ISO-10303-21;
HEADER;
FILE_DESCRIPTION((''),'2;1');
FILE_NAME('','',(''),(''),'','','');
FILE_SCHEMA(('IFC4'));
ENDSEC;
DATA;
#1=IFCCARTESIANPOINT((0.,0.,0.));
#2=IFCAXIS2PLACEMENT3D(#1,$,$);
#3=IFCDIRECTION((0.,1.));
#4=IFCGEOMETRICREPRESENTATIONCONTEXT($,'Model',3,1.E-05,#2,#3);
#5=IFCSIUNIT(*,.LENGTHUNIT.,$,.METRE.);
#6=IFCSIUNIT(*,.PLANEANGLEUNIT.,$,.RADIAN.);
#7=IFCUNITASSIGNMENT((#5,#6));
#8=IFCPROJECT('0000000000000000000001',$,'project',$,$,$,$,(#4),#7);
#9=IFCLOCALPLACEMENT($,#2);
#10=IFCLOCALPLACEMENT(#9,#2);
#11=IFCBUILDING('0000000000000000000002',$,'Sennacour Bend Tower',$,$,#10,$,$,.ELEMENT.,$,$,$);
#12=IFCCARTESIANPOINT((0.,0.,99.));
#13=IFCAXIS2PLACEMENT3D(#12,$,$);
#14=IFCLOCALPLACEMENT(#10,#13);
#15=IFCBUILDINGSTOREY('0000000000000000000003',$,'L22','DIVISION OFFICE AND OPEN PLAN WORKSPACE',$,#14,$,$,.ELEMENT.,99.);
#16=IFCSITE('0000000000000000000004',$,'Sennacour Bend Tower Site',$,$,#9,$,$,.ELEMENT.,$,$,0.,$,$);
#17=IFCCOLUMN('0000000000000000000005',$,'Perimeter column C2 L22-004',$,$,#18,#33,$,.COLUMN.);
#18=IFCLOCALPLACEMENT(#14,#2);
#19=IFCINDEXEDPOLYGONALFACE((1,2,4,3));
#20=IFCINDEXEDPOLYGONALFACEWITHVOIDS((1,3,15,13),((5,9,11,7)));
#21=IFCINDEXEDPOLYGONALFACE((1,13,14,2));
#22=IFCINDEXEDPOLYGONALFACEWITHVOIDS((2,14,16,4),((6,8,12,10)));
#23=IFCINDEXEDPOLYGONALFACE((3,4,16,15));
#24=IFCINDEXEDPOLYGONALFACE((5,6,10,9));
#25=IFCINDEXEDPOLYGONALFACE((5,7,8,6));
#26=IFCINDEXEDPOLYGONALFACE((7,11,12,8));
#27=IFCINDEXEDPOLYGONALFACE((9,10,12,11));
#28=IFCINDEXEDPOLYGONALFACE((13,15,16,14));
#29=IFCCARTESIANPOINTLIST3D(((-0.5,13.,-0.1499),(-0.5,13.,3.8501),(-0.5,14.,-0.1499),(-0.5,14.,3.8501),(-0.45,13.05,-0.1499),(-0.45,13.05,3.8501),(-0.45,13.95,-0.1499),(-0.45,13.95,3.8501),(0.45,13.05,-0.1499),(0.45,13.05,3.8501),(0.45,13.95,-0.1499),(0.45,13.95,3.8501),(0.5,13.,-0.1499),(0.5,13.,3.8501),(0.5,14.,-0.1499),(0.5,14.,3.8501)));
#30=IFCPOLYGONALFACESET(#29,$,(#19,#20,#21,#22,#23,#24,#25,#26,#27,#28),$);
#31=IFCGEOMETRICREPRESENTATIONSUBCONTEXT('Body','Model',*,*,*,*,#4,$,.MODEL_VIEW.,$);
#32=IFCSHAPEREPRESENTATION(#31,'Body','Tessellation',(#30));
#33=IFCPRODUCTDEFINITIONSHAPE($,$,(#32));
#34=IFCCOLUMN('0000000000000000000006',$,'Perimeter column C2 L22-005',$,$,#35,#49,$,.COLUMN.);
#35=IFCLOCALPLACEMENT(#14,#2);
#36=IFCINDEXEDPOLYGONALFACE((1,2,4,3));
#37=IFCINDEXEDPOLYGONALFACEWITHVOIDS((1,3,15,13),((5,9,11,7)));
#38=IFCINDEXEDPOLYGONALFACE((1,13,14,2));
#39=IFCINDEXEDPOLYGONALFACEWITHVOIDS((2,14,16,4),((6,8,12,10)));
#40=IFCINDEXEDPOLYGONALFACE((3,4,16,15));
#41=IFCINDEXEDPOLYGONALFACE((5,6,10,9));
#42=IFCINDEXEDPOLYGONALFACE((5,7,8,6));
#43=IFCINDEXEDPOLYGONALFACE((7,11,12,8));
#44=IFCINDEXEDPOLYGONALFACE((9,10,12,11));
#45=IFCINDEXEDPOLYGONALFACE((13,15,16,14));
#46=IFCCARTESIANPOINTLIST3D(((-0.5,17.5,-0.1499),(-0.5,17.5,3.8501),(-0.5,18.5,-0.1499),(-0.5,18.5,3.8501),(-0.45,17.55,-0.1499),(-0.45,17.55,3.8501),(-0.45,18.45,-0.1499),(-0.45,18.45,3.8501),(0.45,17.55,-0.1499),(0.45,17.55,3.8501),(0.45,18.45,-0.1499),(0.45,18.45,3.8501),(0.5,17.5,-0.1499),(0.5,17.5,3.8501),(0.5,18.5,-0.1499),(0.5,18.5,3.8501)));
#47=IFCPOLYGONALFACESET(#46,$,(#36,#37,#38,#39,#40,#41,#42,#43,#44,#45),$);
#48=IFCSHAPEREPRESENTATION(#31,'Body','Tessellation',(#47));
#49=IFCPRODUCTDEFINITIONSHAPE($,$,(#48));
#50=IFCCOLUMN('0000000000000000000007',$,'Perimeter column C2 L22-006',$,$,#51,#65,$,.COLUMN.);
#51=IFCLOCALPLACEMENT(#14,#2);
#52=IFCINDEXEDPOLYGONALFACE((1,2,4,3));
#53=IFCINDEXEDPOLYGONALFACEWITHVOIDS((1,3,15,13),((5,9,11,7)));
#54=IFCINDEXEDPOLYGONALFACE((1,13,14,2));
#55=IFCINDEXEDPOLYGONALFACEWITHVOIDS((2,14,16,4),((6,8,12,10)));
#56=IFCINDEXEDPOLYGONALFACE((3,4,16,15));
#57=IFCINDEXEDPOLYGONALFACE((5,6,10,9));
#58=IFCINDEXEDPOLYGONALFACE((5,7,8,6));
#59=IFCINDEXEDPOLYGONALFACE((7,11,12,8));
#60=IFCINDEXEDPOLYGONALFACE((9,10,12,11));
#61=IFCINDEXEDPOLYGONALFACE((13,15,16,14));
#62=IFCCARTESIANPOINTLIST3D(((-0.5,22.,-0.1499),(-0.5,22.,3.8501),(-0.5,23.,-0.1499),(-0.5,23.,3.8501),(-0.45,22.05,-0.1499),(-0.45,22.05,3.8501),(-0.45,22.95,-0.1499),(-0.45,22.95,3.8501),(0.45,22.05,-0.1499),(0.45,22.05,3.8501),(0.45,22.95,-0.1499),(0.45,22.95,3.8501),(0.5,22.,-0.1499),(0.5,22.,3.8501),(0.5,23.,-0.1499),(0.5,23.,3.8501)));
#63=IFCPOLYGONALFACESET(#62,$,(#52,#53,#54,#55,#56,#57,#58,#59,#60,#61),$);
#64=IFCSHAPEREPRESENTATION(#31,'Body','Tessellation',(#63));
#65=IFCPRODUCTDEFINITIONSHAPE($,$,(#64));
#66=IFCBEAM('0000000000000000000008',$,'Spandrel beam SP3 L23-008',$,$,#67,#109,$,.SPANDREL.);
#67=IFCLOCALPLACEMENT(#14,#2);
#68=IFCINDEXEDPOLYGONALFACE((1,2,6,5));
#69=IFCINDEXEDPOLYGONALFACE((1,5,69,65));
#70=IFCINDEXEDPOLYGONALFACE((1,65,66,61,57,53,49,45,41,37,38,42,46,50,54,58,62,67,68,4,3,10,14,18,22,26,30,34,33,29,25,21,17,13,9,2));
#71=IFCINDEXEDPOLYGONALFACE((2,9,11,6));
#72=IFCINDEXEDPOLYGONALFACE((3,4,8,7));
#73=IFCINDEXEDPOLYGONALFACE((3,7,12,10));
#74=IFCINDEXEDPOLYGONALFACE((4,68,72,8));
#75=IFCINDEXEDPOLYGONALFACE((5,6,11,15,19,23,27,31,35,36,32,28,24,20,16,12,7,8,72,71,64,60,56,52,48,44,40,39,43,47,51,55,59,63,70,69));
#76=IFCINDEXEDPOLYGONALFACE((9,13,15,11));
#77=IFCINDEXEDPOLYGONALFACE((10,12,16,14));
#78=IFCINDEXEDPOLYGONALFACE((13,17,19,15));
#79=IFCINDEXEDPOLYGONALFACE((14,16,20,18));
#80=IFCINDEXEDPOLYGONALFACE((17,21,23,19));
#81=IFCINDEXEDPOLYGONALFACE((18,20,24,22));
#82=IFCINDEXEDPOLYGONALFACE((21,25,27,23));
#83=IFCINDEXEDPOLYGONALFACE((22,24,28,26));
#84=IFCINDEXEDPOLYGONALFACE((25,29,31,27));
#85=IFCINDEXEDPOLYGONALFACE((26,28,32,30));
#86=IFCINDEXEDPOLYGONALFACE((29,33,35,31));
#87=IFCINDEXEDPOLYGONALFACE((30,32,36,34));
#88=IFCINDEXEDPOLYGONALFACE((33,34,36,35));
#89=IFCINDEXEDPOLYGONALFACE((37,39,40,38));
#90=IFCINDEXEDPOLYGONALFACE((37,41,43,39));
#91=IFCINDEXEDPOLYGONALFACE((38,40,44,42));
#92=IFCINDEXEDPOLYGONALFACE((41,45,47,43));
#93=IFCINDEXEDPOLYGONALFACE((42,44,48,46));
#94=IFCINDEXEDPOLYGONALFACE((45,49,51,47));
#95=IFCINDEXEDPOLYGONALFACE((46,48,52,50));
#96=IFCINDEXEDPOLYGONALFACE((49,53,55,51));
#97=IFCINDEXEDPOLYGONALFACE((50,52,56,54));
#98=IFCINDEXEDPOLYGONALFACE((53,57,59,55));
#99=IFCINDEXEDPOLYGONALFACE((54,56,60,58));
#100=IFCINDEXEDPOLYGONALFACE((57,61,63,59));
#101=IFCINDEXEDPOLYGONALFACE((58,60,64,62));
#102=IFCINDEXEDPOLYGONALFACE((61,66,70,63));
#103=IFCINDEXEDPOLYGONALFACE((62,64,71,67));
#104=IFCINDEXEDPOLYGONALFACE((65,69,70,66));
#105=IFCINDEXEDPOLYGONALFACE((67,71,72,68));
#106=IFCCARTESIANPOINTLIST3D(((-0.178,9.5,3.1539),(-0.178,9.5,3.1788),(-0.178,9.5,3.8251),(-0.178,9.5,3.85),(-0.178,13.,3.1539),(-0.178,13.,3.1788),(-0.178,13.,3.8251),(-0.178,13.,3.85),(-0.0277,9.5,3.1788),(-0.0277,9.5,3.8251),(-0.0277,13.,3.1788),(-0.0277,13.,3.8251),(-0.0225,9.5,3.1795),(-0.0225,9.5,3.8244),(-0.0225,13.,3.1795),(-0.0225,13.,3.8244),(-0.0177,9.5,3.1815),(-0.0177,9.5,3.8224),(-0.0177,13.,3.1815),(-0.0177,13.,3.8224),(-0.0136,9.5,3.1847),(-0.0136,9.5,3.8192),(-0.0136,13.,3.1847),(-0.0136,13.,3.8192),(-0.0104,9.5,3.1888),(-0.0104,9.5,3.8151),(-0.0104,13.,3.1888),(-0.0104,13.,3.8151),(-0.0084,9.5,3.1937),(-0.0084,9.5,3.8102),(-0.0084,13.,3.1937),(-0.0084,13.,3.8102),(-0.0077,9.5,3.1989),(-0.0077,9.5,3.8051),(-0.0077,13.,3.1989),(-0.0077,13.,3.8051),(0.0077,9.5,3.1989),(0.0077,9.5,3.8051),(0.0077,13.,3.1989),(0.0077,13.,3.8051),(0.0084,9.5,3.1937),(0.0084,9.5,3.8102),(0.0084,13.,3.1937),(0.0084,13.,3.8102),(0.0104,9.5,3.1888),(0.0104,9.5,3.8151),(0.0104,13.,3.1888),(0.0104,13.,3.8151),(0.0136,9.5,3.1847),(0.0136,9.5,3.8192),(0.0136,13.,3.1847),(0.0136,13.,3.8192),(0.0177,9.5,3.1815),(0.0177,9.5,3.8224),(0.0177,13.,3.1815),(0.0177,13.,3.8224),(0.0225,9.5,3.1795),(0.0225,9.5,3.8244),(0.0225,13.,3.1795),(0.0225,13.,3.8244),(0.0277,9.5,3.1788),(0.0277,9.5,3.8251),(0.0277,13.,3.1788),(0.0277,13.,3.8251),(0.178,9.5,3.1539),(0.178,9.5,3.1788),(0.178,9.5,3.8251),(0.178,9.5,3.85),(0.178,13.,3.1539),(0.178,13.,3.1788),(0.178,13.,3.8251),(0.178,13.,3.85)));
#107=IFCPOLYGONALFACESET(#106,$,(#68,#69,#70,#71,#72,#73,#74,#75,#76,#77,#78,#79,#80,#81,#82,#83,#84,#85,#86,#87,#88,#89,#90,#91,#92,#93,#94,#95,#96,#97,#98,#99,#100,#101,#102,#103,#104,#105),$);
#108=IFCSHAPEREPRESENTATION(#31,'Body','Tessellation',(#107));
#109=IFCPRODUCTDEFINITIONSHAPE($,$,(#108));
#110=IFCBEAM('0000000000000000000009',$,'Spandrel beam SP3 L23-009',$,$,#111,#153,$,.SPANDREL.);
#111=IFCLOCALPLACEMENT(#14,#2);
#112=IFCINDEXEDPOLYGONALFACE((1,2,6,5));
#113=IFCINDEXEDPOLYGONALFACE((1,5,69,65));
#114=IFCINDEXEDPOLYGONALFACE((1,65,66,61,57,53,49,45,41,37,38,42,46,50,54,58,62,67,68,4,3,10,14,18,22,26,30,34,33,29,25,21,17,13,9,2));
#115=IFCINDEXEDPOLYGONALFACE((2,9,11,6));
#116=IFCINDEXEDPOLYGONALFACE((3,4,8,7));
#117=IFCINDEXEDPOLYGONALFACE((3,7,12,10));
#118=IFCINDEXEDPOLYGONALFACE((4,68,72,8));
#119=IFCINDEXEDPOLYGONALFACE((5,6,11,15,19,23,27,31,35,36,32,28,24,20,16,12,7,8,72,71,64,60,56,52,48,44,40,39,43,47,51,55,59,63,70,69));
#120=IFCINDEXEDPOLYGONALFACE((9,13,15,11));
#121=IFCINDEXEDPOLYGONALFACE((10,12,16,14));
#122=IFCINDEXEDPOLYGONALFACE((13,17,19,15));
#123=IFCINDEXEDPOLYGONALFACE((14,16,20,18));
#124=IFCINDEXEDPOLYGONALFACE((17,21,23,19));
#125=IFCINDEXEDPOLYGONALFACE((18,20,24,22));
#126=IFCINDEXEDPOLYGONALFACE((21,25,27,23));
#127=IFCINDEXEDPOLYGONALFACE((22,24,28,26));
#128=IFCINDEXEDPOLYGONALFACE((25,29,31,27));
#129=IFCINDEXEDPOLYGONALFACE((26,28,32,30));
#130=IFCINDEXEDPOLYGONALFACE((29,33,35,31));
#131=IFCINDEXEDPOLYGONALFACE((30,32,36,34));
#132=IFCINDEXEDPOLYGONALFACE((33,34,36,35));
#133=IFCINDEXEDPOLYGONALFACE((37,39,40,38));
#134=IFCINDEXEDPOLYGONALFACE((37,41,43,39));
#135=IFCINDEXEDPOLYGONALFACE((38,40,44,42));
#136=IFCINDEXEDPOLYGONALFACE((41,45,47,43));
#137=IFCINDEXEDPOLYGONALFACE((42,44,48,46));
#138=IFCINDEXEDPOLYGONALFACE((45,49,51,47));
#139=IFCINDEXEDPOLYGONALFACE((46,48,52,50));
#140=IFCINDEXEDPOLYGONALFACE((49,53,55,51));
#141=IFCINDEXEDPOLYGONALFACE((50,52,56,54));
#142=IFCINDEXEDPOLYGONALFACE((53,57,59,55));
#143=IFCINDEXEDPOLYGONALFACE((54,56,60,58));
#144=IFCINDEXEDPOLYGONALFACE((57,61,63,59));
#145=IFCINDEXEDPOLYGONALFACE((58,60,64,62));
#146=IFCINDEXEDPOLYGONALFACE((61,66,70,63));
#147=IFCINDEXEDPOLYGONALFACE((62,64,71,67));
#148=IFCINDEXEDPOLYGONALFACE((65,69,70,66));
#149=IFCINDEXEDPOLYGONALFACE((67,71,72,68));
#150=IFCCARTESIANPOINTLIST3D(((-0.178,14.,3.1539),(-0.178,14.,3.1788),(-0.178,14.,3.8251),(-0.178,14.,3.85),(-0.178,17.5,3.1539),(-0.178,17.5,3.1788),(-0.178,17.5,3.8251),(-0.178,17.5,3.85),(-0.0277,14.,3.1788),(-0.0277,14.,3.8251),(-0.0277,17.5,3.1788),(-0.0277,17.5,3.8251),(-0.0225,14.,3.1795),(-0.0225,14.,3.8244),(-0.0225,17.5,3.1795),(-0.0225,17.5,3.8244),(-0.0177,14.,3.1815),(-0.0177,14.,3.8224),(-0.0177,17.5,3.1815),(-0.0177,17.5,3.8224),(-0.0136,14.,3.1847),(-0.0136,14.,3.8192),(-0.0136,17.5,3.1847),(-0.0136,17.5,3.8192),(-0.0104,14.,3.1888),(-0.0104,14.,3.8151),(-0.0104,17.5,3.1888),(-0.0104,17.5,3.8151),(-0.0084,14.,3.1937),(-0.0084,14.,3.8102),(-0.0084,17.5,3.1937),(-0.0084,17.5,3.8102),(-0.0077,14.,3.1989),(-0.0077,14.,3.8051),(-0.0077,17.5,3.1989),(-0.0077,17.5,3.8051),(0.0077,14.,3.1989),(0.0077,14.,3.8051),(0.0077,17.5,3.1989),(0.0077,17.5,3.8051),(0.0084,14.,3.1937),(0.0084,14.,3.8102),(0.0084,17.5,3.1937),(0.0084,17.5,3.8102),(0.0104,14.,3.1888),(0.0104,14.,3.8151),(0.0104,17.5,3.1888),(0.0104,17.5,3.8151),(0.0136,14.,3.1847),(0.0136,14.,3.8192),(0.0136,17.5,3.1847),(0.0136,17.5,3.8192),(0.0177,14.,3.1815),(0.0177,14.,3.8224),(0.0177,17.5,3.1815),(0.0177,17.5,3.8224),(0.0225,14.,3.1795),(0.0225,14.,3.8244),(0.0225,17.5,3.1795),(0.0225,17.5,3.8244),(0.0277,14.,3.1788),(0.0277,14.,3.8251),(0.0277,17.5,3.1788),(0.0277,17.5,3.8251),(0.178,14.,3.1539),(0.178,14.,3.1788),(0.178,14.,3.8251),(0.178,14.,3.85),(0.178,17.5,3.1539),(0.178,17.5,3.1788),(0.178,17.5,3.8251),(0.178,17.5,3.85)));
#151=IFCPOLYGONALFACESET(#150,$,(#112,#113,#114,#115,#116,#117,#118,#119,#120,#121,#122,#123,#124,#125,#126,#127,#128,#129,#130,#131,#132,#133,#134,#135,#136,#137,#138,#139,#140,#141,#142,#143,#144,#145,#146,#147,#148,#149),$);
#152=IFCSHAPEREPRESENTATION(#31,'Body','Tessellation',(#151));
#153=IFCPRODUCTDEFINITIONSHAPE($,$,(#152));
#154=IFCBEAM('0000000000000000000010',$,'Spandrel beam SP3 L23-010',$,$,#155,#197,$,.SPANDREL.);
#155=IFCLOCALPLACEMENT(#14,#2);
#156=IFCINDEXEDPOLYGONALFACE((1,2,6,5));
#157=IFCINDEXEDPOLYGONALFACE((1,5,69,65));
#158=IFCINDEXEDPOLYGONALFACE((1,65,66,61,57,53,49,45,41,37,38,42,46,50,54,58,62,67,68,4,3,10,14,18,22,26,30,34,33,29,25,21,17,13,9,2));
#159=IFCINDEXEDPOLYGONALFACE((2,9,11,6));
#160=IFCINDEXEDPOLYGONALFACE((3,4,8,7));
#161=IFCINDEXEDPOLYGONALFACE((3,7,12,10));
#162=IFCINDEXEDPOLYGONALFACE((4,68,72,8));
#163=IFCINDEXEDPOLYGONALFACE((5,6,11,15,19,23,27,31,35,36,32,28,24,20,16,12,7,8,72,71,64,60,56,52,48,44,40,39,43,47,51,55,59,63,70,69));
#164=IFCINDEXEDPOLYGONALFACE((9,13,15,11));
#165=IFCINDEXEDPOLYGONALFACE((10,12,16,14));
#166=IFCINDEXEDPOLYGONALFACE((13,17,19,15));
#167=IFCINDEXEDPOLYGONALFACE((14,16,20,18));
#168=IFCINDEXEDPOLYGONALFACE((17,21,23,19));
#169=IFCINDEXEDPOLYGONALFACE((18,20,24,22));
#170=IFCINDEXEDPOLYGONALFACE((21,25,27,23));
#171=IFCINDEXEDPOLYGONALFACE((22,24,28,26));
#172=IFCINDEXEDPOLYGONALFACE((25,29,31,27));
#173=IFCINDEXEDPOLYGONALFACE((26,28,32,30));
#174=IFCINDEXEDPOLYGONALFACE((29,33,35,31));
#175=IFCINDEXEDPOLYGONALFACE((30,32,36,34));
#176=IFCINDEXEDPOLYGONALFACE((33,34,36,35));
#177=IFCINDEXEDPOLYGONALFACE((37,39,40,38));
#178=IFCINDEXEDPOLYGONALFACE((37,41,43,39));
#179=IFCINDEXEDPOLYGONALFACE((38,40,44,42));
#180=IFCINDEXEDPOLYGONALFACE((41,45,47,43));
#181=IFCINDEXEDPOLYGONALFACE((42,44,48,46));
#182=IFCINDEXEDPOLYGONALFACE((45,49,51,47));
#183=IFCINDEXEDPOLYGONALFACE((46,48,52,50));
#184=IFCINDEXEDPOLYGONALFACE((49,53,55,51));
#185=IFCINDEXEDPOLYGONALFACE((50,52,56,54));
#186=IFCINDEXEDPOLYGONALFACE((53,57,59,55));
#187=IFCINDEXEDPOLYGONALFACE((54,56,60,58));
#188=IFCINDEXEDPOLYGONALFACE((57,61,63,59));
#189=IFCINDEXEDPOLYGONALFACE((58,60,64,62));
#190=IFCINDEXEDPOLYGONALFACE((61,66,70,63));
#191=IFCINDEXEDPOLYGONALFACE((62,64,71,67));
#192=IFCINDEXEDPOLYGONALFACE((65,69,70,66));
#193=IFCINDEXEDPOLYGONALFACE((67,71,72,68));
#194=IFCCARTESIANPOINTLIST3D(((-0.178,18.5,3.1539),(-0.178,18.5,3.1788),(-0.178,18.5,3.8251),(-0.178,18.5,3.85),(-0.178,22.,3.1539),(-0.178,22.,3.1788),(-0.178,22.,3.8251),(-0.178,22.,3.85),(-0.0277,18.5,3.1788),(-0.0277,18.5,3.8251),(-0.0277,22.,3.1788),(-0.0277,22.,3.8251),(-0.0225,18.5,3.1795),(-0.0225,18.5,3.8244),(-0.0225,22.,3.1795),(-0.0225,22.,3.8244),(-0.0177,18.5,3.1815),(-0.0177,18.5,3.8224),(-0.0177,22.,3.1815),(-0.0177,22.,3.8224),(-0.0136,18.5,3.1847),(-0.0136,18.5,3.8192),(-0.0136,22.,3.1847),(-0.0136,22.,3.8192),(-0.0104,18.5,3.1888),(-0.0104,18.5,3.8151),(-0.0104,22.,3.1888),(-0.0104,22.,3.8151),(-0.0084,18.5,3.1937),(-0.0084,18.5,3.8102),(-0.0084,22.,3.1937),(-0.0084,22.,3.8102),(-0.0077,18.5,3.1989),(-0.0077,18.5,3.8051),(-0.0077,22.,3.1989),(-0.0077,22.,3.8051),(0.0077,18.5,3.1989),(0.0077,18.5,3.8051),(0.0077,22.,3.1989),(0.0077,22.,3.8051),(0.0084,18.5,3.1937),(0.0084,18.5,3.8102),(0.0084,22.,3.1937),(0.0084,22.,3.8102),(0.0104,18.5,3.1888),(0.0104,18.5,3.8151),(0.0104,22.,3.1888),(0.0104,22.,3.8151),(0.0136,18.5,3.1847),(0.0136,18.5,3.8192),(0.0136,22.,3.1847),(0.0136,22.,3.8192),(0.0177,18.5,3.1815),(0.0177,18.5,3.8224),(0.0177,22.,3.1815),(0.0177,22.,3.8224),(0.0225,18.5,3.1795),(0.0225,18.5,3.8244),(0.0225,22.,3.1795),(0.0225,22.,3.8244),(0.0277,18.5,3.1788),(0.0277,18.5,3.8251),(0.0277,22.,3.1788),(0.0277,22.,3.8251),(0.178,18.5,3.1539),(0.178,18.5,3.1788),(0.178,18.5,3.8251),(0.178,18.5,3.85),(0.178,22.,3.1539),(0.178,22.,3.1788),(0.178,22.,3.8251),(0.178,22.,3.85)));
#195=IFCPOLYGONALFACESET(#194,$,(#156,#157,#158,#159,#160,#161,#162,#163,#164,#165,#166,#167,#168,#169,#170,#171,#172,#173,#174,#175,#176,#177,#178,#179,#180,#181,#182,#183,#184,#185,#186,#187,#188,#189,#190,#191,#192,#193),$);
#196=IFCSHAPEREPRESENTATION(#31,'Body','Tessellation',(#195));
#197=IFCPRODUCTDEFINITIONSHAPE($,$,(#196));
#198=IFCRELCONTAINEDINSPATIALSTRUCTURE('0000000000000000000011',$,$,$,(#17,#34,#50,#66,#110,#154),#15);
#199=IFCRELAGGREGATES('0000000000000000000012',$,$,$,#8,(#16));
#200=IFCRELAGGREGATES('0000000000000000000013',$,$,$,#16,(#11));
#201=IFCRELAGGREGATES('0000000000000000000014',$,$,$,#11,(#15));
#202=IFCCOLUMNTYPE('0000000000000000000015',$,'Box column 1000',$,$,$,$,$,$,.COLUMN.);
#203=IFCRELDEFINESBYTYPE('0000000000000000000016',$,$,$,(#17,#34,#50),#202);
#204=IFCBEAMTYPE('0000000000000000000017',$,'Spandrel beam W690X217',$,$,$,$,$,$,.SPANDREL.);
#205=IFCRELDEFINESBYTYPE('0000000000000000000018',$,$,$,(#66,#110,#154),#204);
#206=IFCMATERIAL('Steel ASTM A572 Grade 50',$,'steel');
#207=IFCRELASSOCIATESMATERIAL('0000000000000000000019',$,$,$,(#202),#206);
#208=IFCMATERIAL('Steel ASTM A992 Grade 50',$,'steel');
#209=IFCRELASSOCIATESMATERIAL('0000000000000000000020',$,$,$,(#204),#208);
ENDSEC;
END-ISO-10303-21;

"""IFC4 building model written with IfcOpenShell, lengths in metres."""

from ifc_helpers import new_model, si_unit, direction, frame, origin, origin_2d, place, context, subcontext, project, spatial, hollow_rectangle, i_section, extrude, material, material_profile, profile_set, type_object, element, save


model = new_model("IFC4")

# Units and contexts
model_context = context("Model", 3, precision=1e-05, world=origin(), true_north=direction((0.0, 1.0)))
body_context = subcontext(model_context, "Body", "Model", "MODEL_VIEW")
ifc_project = project(units=[si_unit("LENGTHUNIT", "METRE"), si_unit("PLANEANGLEUNIT", "RADIAN")], contexts=[model_context])

# Site, building, storey
site_placement = place(None, origin())
site = spatial("IfcSite", under=ifc_project, at=site_placement, Name="Sennacour Bend Tower Site", CompositionType="ELEMENT", RefElevation=0.0)
building_placement = place(site_placement, origin())
building = spatial("IfcBuilding", under=site, at=building_placement, Name="Sennacour Bend Tower", CompositionType="ELEMENT")
storey_placement = place(building_placement, frame((0.0, 0.0, 99.0)))
storey = spatial("IfcBuildingStorey", under=building, at=storey_placement, Name="L22", Description="DIVISION OFFICE AND OPEN PLAN WORKSPACE", CompositionType="ELEMENT", Elevation=99.0)

# Columns
ifc_material_1 = material(Name="Steel ASTM A572 Grade 50", Category="steel")
ifc_material_profile_1 = material_profile(ifc_material_1, hollow_rectangle(XDim=1.0, YDim=1.0, WallThickness=0.05, at=origin_2d()), Name="Steel ASTM A572 Grade 50", Category="steel")
ifc_profile_set_1 = profile_set([ifc_material_profile_1], Name="Steel ASTM A572 Grade 50")
column_type = type_object("IfcColumnType", Name="Box column 1000", PredefinedType="COLUMN", material=ifc_profile_set_1)
for number, where, z_axis, x_axis, name in (
    (1, (0.0, 13.5, -0.1499), (0.0, 0.0, 1.0), (1.0, 0.0, 0.0), "Perimeter column C2 L22-004"),
    (2, (0.0, 18.0, -0.1499), (0.0, 0.0, 1.0), (1.0, 0.0, 0.0), "Perimeter column C2 L22-005"),
    (3, (0.0, 22.5, -0.1499), (0.0, 0.0, 1.0), (1.0, 0.0, 0.0), "Perimeter column C2 L22-006"),
):
    element("IfcColumn", number, at=place(storey_placement, frame(where, z_axis=z_axis, x_axis=x_axis)), inside=storey, type_object=column_type, Name=name, PredefinedType="COLUMN", context=body_context, shape_type="SweptSolid", body=[
        extrude(hollow_rectangle(XDim=1.0, YDim=1.0, WallThickness=0.05, at=origin_2d()), origin(), (0.0, 0.0, 1.0), 4.0),
    ])

# Beams
ifc_material_2 = material(Name="Steel ASTM A992 Grade 50", Category="steel")
ifc_material_profile_2 = material_profile(ifc_material_2, i_section(OverallWidth=0.356, OverallDepth=0.696, WebThickness=0.0154, FlangeThickness=0.0249, FilletRadius=0.02, at=origin_2d()), Name="Steel ASTM A992 Grade 50", Category="steel")
ifc_profile_set_2 = profile_set([ifc_material_profile_2], Name="Steel ASTM A992 Grade 50")
beam_type = type_object("IfcBeamType", Name="Spandrel beam W690X217", PredefinedType="SPANDREL", material=ifc_profile_set_2)
for number, where, z_axis, x_axis, name in (
    (4, (0.0, 9.5, 3.502), (0.0, 1.0, 0.0), (-1.0, 0.0, 0.0), "Spandrel beam SP3 L23-008"),
    (5, (0.0, 14.0, 3.502), (0.0, 1.0, 0.0), (-1.0, 0.0, 0.0), "Spandrel beam SP3 L23-009"),
    (6, (0.0, 18.5, 3.502), (0.0, 1.0, 0.0), (-1.0, 0.0, 0.0), "Spandrel beam SP3 L23-010"),
):
    element("IfcBeam", number, at=place(storey_placement, frame(where, z_axis=z_axis, x_axis=x_axis)), inside=storey, type_object=beam_type, Name=name, PredefinedType="SPANDREL", context=body_context, shape_type="SweptSolid", body=[
        extrude(i_section(OverallWidth=0.356, OverallDepth=0.696, WebThickness=0.0154, FlangeThickness=0.0249, FilletRadius=0.02, at=origin_2d()), origin(), (0.0, 0.0, 1.0), 3.5),
    ])

save(model, "model.ifc")
